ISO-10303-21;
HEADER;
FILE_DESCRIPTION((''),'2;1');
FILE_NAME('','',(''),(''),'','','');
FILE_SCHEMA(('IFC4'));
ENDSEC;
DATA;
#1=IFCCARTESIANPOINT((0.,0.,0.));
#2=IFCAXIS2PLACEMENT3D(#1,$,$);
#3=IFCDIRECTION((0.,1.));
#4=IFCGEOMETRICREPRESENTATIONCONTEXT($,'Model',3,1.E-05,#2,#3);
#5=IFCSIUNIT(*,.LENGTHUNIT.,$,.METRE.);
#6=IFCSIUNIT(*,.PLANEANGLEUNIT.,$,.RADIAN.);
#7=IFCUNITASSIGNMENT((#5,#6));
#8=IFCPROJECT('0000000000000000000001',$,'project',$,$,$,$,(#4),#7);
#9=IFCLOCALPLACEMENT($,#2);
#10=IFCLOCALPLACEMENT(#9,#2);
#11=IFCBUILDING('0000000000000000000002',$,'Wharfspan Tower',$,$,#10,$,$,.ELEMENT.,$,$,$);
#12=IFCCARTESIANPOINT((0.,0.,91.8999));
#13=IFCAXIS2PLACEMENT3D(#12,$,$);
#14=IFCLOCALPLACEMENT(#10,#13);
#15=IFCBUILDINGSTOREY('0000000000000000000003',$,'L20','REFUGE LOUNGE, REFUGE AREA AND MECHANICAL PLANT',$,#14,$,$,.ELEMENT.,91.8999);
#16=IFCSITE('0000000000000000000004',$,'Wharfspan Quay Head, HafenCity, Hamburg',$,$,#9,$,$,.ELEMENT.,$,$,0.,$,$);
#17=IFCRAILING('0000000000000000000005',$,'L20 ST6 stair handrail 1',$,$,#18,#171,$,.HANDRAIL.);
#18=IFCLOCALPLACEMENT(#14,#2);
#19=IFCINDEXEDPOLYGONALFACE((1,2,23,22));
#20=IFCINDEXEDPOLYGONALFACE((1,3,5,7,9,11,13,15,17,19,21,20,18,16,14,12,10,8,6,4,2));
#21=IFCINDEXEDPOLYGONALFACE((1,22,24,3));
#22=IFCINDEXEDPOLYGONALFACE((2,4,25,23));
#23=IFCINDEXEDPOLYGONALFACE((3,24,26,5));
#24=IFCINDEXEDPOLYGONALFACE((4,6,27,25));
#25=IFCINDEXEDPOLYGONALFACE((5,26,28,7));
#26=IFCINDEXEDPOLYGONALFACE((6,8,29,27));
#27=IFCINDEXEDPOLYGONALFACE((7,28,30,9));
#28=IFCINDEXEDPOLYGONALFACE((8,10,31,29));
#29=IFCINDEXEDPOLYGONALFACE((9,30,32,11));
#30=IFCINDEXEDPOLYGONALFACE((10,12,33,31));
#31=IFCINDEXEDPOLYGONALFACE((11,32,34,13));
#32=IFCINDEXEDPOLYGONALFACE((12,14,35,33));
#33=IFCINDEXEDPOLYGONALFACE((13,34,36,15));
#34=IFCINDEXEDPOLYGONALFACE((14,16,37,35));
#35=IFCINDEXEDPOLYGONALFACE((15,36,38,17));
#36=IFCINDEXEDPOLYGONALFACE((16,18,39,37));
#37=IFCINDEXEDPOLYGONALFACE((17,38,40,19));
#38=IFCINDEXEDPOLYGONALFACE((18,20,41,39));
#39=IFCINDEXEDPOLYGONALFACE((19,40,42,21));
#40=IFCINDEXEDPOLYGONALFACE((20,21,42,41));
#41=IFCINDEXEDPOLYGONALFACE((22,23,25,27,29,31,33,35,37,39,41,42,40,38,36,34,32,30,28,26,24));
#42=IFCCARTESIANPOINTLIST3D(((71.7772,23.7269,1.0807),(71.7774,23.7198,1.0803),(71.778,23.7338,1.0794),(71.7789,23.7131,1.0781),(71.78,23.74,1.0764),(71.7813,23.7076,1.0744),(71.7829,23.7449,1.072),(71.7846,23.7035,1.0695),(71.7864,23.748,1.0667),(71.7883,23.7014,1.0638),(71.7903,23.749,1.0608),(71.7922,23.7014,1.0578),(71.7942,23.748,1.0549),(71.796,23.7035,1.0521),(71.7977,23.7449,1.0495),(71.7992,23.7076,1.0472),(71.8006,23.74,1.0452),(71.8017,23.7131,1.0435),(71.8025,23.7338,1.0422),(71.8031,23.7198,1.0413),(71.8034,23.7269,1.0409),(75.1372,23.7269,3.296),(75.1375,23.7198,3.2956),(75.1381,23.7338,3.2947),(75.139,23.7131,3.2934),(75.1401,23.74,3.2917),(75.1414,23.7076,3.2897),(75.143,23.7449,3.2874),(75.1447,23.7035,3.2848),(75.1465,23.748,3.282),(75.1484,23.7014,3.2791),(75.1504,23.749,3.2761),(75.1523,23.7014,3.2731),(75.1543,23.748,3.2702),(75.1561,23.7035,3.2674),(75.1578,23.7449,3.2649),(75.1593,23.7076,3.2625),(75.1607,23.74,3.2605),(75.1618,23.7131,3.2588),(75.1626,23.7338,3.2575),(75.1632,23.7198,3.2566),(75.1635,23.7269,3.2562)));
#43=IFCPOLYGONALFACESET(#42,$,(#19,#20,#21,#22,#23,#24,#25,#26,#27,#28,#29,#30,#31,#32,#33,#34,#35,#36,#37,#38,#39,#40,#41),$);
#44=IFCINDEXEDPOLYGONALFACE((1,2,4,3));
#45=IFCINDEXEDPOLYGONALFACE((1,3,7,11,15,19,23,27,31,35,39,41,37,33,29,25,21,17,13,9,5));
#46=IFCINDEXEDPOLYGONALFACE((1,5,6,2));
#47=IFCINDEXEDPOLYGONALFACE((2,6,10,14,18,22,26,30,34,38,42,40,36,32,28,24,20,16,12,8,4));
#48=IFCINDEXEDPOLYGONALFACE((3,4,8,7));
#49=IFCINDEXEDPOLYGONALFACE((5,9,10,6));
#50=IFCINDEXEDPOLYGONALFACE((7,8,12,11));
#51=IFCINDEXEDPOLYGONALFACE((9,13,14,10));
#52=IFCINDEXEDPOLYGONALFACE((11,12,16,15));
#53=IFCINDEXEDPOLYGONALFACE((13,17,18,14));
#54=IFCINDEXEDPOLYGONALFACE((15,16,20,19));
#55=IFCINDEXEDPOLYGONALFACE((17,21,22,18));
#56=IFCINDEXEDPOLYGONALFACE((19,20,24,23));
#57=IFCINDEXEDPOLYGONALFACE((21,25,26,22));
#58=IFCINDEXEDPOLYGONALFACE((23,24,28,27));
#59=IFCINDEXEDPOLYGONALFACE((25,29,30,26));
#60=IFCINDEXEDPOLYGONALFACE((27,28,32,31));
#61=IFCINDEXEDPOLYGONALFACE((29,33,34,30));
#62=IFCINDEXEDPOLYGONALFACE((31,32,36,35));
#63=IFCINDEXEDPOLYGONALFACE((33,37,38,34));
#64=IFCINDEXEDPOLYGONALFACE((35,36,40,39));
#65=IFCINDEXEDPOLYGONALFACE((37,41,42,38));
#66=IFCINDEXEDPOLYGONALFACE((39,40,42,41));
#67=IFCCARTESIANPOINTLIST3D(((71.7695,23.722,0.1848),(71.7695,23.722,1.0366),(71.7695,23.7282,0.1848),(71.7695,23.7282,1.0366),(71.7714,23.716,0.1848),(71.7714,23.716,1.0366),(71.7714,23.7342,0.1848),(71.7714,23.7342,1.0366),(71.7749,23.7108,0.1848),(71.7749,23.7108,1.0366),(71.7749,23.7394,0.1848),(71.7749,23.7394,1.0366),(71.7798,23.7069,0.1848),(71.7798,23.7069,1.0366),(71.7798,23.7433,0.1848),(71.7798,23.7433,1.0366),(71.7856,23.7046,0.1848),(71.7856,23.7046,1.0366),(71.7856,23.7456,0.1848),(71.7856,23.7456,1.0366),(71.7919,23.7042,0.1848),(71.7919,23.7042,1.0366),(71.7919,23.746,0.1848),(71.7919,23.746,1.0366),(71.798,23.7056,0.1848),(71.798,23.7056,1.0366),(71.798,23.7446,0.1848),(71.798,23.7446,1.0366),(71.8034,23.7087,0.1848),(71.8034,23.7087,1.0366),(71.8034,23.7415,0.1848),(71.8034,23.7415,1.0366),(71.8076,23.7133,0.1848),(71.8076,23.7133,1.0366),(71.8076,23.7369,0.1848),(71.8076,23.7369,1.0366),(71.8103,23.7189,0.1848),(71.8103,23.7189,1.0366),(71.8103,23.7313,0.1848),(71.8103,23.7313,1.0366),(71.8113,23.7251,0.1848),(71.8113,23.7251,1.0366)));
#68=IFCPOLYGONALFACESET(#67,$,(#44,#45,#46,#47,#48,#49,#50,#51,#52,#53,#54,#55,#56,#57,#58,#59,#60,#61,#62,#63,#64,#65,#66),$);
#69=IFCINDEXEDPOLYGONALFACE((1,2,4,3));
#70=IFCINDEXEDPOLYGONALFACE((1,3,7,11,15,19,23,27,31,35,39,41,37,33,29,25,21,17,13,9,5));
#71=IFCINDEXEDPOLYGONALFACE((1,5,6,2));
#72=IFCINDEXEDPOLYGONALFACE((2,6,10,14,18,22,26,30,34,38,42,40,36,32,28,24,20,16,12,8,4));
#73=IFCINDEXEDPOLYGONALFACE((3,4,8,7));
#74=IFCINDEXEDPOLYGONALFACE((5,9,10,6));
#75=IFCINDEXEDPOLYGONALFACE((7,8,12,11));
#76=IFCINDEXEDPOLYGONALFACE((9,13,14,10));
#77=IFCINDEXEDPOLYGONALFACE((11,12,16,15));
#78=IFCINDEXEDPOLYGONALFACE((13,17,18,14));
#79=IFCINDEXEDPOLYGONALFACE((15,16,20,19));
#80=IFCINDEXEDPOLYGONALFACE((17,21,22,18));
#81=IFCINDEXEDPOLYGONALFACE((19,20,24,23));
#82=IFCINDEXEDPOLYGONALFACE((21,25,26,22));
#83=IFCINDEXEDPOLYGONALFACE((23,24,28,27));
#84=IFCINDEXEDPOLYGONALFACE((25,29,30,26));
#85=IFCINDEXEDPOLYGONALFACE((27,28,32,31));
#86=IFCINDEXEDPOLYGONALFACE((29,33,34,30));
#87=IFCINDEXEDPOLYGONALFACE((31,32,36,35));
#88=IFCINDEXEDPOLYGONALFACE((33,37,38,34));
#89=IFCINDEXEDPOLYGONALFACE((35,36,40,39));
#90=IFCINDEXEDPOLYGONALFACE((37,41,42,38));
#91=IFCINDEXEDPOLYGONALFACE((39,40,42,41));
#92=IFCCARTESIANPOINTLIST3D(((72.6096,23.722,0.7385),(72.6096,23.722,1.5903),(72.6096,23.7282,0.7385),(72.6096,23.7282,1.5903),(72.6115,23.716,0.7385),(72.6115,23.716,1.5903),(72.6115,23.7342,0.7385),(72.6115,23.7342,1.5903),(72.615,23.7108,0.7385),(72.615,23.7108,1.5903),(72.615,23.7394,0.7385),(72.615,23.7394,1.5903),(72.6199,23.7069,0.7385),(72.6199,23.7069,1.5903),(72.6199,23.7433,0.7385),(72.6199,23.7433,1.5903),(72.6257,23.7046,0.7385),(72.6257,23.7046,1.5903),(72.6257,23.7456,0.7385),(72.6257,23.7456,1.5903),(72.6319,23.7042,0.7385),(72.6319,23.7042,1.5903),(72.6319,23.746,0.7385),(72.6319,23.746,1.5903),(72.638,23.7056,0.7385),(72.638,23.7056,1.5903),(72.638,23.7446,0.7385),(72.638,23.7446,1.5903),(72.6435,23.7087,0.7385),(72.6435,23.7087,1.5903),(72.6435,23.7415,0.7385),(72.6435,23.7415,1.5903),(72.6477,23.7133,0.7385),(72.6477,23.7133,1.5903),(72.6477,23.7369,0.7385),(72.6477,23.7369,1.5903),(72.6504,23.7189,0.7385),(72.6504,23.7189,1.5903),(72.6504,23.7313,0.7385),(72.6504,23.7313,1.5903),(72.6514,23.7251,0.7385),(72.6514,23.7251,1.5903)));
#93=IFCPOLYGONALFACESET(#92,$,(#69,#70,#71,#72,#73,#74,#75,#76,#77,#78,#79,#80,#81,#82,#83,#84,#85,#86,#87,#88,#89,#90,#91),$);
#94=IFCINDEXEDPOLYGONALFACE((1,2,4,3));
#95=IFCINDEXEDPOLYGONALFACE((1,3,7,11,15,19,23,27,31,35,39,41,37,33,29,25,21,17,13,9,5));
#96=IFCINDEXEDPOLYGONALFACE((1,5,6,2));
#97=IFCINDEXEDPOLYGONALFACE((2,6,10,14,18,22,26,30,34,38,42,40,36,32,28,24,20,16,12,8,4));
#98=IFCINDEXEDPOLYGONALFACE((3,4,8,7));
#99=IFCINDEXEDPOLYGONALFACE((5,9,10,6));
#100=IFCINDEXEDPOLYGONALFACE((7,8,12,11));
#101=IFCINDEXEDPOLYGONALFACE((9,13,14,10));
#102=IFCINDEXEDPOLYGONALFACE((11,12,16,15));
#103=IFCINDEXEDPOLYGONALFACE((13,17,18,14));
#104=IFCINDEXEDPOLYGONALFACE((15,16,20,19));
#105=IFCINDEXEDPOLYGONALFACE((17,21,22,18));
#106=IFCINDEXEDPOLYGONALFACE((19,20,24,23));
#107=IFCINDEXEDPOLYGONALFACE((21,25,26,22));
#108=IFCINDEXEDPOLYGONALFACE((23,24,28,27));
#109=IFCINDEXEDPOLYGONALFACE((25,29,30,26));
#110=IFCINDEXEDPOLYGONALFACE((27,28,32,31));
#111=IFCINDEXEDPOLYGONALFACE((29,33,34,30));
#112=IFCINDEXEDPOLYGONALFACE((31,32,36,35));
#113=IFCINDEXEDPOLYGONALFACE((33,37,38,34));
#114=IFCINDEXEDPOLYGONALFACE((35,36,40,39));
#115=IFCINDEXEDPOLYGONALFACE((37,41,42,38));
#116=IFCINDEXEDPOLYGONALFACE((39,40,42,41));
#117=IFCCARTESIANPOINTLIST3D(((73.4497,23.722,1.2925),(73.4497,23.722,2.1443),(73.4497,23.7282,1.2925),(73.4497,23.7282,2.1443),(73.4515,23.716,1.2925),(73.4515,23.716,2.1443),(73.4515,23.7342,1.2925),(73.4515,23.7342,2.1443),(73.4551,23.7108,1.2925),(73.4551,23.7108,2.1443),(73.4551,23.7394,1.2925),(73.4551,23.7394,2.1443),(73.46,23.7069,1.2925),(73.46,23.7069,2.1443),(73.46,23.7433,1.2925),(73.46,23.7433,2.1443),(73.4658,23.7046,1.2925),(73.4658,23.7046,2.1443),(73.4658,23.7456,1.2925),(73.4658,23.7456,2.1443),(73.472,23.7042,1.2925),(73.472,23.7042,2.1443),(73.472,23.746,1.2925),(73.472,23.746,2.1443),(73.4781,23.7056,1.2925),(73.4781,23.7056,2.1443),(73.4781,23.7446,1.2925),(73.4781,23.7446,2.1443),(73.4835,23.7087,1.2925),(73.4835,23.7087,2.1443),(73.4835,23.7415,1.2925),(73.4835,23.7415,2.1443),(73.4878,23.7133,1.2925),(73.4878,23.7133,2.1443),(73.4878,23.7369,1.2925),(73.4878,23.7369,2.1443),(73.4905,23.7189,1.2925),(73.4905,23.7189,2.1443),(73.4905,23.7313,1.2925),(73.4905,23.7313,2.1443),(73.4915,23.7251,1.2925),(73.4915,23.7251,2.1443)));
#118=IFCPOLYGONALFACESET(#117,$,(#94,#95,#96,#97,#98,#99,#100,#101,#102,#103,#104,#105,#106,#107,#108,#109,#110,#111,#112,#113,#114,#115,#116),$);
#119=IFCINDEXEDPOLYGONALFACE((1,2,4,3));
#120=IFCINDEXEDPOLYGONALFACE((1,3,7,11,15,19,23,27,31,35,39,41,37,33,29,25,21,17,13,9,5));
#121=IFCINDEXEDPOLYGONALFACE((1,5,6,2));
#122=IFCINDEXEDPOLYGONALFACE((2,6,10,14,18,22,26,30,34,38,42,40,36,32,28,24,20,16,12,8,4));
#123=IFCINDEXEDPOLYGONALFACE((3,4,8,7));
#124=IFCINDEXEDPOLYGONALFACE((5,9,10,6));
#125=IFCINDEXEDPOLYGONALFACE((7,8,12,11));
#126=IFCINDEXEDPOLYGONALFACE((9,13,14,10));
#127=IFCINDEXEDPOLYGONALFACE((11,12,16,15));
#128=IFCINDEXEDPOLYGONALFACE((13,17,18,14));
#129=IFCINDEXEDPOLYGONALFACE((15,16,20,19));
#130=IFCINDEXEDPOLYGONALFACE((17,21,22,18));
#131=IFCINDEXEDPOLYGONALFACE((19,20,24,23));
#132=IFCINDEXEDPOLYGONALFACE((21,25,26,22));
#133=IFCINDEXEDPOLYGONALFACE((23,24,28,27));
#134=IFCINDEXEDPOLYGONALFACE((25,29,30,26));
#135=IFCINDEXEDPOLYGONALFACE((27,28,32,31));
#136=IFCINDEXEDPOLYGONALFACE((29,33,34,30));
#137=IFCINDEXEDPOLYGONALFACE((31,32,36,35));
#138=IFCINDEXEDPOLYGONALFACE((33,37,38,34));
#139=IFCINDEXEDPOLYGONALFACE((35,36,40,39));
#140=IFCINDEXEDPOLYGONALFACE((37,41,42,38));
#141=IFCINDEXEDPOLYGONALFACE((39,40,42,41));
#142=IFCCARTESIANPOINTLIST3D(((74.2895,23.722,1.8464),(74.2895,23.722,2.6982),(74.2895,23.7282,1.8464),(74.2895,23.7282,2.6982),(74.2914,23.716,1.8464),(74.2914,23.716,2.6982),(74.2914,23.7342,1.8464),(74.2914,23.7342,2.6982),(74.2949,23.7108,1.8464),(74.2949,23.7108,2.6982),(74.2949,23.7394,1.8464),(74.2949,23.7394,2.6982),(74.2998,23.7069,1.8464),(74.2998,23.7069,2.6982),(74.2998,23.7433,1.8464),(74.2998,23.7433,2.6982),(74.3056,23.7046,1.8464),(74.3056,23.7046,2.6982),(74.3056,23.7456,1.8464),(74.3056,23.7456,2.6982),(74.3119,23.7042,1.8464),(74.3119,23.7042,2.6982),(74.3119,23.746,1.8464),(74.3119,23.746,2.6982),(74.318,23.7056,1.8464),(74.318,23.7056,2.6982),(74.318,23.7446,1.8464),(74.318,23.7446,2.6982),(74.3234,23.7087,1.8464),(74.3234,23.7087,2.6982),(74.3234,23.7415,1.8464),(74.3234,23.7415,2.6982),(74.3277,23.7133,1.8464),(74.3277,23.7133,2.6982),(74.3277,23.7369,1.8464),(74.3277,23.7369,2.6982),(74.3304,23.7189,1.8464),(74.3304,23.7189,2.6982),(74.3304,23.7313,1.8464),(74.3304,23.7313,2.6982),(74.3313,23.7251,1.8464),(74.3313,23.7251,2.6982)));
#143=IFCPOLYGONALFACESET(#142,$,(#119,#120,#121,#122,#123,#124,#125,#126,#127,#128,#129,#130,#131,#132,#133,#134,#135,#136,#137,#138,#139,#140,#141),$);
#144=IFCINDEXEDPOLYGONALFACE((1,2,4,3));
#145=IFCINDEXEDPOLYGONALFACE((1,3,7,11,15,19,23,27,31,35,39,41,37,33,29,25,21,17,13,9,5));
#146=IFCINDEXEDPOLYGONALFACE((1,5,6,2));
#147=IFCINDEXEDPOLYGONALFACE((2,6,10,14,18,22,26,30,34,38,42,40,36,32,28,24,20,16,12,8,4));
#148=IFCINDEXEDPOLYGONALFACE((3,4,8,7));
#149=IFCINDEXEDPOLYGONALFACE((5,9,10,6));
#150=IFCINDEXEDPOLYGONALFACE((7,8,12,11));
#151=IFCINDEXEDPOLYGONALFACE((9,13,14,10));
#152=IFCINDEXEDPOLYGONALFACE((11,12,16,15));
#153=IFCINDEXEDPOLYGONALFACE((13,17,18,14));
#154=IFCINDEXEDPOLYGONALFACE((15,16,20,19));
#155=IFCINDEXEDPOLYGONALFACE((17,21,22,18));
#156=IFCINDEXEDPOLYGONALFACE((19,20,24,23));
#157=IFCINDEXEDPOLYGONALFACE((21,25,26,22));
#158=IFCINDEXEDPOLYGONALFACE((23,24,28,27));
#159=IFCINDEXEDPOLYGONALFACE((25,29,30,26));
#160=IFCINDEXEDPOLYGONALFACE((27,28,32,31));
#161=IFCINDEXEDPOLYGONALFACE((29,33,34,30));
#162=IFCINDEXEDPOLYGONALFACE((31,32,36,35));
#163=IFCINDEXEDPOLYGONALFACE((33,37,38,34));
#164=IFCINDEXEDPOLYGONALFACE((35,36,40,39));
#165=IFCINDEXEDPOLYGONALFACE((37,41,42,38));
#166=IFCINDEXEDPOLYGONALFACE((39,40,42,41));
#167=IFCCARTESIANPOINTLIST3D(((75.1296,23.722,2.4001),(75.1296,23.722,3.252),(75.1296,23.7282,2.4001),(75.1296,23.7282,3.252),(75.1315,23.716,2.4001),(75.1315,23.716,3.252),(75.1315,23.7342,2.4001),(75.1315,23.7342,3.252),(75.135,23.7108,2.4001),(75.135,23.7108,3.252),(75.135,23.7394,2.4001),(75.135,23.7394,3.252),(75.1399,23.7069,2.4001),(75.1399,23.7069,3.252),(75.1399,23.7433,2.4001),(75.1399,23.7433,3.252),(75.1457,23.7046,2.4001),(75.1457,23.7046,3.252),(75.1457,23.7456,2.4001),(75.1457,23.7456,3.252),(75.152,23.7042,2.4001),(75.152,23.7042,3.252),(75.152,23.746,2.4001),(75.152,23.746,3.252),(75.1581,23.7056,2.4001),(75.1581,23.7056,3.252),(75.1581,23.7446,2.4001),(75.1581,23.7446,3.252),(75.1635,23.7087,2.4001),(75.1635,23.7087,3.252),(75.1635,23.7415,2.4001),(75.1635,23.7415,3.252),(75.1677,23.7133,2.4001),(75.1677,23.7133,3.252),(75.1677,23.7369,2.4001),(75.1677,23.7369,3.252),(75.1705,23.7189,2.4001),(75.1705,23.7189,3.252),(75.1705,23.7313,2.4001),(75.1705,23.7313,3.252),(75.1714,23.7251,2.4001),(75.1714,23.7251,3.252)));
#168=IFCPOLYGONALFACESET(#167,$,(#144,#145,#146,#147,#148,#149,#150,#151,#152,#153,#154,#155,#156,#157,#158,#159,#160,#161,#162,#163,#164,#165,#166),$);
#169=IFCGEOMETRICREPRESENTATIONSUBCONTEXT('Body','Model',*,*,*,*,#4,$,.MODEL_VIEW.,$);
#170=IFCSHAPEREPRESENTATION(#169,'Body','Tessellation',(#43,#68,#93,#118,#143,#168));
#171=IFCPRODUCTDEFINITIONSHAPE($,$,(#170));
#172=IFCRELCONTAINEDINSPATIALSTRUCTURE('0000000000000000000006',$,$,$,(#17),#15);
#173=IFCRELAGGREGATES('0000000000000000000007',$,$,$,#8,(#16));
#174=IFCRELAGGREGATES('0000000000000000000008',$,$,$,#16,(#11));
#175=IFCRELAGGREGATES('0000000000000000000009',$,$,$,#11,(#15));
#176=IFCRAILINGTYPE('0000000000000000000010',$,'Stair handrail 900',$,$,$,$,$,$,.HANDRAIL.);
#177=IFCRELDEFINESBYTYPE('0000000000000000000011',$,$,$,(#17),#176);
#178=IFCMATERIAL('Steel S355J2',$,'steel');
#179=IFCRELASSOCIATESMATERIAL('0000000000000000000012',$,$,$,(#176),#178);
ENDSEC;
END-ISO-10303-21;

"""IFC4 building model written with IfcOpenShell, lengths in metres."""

from ifc_helpers import new_model, si_unit, direction, frame, origin, origin_2d, place, context, subcontext, project, spatial, circle, extrude, material, type_object, element, save


model = new_model("IFC4")

# Units and contexts
model_context = context("Model", 3, precision=1e-05, world=origin(), true_north=direction((0.0, 1.0)))
body_context = subcontext(model_context, "Body", "Model", "MODEL_VIEW")
ifc_project = project(units=[si_unit("LENGTHUNIT", "METRE"), si_unit("PLANEANGLEUNIT", "RADIAN")], contexts=[model_context])

# Site, building, storey
site_placement = place(None, origin())
site = spatial("IfcSite", under=ifc_project, at=site_placement, Name="Wharfspan Quay Head, HafenCity, Hamburg", CompositionType="ELEMENT", RefElevation=0.0)
building_placement = place(site_placement, origin())
building = spatial("IfcBuilding", under=site, at=building_placement, Name="Wharfspan Tower", CompositionType="ELEMENT")
storey_placement = place(building_placement, frame((0.0, 0.0, 91.8999)))
storey = spatial("IfcBuildingStorey", under=building, at=storey_placement, Name="L20", Description="REFUGE LOUNGE, REFUGE AREA AND MECHANICAL PLANT", CompositionType="ELEMENT", Elevation=91.8999)

# Shared definitions
ifc_material_1 = material(Name="Steel S355J2", Category="steel")

# Railing
railing_type_1 = type_object("IfcRailingType", Name="Stair handrail 900", PredefinedType="HANDRAIL", material=ifc_material_1)
railing_1_placement = place(storey_placement, frame((71.7903, 23.7251, 0.1848)))
element("IfcRailing", 1, at=railing_1_placement, inside=storey, type_object=railing_type_1, Name="L20 ST6 stair handrail 1", PredefinedType="HANDRAIL", context=body_context, shape_type="SweptSolid", body=[
    extrude(circle(Radius=0.0239, at=origin_2d()), frame((0.0, 0.0, 0.876), z_axis=(0.834876, 0.0, 0.550437), x_axis=(0.0, 1.0, 0.0)), (0.0, 0.0, 1.0), 4.0247),
    extrude(circle(Radius=0.021, at=origin_2d()), origin(), (0.0, 0.0, 1.0), 0.8518),
    extrude(circle(Radius=0.021, at=origin_2d()), frame((0.8401, 0.0, 0.5537)), (0.0, 0.0, 1.0), 0.8518),
    extrude(circle(Radius=0.021, at=origin_2d()), frame((1.6802, 0.0, 1.1077)), (0.0, 0.0, 1.0), 0.8518),
    extrude(circle(Radius=0.021, at=origin_2d()), frame((2.52, 0.0, 1.6616)), (0.0, 0.0, 1.0), 0.8518),
    extrude(circle(Radius=0.021, at=origin_2d()), frame((3.3601, 0.0, 2.2153)), (0.0, 0.0, 1.0), 0.8518),
])

save(model, "model.ifc")
